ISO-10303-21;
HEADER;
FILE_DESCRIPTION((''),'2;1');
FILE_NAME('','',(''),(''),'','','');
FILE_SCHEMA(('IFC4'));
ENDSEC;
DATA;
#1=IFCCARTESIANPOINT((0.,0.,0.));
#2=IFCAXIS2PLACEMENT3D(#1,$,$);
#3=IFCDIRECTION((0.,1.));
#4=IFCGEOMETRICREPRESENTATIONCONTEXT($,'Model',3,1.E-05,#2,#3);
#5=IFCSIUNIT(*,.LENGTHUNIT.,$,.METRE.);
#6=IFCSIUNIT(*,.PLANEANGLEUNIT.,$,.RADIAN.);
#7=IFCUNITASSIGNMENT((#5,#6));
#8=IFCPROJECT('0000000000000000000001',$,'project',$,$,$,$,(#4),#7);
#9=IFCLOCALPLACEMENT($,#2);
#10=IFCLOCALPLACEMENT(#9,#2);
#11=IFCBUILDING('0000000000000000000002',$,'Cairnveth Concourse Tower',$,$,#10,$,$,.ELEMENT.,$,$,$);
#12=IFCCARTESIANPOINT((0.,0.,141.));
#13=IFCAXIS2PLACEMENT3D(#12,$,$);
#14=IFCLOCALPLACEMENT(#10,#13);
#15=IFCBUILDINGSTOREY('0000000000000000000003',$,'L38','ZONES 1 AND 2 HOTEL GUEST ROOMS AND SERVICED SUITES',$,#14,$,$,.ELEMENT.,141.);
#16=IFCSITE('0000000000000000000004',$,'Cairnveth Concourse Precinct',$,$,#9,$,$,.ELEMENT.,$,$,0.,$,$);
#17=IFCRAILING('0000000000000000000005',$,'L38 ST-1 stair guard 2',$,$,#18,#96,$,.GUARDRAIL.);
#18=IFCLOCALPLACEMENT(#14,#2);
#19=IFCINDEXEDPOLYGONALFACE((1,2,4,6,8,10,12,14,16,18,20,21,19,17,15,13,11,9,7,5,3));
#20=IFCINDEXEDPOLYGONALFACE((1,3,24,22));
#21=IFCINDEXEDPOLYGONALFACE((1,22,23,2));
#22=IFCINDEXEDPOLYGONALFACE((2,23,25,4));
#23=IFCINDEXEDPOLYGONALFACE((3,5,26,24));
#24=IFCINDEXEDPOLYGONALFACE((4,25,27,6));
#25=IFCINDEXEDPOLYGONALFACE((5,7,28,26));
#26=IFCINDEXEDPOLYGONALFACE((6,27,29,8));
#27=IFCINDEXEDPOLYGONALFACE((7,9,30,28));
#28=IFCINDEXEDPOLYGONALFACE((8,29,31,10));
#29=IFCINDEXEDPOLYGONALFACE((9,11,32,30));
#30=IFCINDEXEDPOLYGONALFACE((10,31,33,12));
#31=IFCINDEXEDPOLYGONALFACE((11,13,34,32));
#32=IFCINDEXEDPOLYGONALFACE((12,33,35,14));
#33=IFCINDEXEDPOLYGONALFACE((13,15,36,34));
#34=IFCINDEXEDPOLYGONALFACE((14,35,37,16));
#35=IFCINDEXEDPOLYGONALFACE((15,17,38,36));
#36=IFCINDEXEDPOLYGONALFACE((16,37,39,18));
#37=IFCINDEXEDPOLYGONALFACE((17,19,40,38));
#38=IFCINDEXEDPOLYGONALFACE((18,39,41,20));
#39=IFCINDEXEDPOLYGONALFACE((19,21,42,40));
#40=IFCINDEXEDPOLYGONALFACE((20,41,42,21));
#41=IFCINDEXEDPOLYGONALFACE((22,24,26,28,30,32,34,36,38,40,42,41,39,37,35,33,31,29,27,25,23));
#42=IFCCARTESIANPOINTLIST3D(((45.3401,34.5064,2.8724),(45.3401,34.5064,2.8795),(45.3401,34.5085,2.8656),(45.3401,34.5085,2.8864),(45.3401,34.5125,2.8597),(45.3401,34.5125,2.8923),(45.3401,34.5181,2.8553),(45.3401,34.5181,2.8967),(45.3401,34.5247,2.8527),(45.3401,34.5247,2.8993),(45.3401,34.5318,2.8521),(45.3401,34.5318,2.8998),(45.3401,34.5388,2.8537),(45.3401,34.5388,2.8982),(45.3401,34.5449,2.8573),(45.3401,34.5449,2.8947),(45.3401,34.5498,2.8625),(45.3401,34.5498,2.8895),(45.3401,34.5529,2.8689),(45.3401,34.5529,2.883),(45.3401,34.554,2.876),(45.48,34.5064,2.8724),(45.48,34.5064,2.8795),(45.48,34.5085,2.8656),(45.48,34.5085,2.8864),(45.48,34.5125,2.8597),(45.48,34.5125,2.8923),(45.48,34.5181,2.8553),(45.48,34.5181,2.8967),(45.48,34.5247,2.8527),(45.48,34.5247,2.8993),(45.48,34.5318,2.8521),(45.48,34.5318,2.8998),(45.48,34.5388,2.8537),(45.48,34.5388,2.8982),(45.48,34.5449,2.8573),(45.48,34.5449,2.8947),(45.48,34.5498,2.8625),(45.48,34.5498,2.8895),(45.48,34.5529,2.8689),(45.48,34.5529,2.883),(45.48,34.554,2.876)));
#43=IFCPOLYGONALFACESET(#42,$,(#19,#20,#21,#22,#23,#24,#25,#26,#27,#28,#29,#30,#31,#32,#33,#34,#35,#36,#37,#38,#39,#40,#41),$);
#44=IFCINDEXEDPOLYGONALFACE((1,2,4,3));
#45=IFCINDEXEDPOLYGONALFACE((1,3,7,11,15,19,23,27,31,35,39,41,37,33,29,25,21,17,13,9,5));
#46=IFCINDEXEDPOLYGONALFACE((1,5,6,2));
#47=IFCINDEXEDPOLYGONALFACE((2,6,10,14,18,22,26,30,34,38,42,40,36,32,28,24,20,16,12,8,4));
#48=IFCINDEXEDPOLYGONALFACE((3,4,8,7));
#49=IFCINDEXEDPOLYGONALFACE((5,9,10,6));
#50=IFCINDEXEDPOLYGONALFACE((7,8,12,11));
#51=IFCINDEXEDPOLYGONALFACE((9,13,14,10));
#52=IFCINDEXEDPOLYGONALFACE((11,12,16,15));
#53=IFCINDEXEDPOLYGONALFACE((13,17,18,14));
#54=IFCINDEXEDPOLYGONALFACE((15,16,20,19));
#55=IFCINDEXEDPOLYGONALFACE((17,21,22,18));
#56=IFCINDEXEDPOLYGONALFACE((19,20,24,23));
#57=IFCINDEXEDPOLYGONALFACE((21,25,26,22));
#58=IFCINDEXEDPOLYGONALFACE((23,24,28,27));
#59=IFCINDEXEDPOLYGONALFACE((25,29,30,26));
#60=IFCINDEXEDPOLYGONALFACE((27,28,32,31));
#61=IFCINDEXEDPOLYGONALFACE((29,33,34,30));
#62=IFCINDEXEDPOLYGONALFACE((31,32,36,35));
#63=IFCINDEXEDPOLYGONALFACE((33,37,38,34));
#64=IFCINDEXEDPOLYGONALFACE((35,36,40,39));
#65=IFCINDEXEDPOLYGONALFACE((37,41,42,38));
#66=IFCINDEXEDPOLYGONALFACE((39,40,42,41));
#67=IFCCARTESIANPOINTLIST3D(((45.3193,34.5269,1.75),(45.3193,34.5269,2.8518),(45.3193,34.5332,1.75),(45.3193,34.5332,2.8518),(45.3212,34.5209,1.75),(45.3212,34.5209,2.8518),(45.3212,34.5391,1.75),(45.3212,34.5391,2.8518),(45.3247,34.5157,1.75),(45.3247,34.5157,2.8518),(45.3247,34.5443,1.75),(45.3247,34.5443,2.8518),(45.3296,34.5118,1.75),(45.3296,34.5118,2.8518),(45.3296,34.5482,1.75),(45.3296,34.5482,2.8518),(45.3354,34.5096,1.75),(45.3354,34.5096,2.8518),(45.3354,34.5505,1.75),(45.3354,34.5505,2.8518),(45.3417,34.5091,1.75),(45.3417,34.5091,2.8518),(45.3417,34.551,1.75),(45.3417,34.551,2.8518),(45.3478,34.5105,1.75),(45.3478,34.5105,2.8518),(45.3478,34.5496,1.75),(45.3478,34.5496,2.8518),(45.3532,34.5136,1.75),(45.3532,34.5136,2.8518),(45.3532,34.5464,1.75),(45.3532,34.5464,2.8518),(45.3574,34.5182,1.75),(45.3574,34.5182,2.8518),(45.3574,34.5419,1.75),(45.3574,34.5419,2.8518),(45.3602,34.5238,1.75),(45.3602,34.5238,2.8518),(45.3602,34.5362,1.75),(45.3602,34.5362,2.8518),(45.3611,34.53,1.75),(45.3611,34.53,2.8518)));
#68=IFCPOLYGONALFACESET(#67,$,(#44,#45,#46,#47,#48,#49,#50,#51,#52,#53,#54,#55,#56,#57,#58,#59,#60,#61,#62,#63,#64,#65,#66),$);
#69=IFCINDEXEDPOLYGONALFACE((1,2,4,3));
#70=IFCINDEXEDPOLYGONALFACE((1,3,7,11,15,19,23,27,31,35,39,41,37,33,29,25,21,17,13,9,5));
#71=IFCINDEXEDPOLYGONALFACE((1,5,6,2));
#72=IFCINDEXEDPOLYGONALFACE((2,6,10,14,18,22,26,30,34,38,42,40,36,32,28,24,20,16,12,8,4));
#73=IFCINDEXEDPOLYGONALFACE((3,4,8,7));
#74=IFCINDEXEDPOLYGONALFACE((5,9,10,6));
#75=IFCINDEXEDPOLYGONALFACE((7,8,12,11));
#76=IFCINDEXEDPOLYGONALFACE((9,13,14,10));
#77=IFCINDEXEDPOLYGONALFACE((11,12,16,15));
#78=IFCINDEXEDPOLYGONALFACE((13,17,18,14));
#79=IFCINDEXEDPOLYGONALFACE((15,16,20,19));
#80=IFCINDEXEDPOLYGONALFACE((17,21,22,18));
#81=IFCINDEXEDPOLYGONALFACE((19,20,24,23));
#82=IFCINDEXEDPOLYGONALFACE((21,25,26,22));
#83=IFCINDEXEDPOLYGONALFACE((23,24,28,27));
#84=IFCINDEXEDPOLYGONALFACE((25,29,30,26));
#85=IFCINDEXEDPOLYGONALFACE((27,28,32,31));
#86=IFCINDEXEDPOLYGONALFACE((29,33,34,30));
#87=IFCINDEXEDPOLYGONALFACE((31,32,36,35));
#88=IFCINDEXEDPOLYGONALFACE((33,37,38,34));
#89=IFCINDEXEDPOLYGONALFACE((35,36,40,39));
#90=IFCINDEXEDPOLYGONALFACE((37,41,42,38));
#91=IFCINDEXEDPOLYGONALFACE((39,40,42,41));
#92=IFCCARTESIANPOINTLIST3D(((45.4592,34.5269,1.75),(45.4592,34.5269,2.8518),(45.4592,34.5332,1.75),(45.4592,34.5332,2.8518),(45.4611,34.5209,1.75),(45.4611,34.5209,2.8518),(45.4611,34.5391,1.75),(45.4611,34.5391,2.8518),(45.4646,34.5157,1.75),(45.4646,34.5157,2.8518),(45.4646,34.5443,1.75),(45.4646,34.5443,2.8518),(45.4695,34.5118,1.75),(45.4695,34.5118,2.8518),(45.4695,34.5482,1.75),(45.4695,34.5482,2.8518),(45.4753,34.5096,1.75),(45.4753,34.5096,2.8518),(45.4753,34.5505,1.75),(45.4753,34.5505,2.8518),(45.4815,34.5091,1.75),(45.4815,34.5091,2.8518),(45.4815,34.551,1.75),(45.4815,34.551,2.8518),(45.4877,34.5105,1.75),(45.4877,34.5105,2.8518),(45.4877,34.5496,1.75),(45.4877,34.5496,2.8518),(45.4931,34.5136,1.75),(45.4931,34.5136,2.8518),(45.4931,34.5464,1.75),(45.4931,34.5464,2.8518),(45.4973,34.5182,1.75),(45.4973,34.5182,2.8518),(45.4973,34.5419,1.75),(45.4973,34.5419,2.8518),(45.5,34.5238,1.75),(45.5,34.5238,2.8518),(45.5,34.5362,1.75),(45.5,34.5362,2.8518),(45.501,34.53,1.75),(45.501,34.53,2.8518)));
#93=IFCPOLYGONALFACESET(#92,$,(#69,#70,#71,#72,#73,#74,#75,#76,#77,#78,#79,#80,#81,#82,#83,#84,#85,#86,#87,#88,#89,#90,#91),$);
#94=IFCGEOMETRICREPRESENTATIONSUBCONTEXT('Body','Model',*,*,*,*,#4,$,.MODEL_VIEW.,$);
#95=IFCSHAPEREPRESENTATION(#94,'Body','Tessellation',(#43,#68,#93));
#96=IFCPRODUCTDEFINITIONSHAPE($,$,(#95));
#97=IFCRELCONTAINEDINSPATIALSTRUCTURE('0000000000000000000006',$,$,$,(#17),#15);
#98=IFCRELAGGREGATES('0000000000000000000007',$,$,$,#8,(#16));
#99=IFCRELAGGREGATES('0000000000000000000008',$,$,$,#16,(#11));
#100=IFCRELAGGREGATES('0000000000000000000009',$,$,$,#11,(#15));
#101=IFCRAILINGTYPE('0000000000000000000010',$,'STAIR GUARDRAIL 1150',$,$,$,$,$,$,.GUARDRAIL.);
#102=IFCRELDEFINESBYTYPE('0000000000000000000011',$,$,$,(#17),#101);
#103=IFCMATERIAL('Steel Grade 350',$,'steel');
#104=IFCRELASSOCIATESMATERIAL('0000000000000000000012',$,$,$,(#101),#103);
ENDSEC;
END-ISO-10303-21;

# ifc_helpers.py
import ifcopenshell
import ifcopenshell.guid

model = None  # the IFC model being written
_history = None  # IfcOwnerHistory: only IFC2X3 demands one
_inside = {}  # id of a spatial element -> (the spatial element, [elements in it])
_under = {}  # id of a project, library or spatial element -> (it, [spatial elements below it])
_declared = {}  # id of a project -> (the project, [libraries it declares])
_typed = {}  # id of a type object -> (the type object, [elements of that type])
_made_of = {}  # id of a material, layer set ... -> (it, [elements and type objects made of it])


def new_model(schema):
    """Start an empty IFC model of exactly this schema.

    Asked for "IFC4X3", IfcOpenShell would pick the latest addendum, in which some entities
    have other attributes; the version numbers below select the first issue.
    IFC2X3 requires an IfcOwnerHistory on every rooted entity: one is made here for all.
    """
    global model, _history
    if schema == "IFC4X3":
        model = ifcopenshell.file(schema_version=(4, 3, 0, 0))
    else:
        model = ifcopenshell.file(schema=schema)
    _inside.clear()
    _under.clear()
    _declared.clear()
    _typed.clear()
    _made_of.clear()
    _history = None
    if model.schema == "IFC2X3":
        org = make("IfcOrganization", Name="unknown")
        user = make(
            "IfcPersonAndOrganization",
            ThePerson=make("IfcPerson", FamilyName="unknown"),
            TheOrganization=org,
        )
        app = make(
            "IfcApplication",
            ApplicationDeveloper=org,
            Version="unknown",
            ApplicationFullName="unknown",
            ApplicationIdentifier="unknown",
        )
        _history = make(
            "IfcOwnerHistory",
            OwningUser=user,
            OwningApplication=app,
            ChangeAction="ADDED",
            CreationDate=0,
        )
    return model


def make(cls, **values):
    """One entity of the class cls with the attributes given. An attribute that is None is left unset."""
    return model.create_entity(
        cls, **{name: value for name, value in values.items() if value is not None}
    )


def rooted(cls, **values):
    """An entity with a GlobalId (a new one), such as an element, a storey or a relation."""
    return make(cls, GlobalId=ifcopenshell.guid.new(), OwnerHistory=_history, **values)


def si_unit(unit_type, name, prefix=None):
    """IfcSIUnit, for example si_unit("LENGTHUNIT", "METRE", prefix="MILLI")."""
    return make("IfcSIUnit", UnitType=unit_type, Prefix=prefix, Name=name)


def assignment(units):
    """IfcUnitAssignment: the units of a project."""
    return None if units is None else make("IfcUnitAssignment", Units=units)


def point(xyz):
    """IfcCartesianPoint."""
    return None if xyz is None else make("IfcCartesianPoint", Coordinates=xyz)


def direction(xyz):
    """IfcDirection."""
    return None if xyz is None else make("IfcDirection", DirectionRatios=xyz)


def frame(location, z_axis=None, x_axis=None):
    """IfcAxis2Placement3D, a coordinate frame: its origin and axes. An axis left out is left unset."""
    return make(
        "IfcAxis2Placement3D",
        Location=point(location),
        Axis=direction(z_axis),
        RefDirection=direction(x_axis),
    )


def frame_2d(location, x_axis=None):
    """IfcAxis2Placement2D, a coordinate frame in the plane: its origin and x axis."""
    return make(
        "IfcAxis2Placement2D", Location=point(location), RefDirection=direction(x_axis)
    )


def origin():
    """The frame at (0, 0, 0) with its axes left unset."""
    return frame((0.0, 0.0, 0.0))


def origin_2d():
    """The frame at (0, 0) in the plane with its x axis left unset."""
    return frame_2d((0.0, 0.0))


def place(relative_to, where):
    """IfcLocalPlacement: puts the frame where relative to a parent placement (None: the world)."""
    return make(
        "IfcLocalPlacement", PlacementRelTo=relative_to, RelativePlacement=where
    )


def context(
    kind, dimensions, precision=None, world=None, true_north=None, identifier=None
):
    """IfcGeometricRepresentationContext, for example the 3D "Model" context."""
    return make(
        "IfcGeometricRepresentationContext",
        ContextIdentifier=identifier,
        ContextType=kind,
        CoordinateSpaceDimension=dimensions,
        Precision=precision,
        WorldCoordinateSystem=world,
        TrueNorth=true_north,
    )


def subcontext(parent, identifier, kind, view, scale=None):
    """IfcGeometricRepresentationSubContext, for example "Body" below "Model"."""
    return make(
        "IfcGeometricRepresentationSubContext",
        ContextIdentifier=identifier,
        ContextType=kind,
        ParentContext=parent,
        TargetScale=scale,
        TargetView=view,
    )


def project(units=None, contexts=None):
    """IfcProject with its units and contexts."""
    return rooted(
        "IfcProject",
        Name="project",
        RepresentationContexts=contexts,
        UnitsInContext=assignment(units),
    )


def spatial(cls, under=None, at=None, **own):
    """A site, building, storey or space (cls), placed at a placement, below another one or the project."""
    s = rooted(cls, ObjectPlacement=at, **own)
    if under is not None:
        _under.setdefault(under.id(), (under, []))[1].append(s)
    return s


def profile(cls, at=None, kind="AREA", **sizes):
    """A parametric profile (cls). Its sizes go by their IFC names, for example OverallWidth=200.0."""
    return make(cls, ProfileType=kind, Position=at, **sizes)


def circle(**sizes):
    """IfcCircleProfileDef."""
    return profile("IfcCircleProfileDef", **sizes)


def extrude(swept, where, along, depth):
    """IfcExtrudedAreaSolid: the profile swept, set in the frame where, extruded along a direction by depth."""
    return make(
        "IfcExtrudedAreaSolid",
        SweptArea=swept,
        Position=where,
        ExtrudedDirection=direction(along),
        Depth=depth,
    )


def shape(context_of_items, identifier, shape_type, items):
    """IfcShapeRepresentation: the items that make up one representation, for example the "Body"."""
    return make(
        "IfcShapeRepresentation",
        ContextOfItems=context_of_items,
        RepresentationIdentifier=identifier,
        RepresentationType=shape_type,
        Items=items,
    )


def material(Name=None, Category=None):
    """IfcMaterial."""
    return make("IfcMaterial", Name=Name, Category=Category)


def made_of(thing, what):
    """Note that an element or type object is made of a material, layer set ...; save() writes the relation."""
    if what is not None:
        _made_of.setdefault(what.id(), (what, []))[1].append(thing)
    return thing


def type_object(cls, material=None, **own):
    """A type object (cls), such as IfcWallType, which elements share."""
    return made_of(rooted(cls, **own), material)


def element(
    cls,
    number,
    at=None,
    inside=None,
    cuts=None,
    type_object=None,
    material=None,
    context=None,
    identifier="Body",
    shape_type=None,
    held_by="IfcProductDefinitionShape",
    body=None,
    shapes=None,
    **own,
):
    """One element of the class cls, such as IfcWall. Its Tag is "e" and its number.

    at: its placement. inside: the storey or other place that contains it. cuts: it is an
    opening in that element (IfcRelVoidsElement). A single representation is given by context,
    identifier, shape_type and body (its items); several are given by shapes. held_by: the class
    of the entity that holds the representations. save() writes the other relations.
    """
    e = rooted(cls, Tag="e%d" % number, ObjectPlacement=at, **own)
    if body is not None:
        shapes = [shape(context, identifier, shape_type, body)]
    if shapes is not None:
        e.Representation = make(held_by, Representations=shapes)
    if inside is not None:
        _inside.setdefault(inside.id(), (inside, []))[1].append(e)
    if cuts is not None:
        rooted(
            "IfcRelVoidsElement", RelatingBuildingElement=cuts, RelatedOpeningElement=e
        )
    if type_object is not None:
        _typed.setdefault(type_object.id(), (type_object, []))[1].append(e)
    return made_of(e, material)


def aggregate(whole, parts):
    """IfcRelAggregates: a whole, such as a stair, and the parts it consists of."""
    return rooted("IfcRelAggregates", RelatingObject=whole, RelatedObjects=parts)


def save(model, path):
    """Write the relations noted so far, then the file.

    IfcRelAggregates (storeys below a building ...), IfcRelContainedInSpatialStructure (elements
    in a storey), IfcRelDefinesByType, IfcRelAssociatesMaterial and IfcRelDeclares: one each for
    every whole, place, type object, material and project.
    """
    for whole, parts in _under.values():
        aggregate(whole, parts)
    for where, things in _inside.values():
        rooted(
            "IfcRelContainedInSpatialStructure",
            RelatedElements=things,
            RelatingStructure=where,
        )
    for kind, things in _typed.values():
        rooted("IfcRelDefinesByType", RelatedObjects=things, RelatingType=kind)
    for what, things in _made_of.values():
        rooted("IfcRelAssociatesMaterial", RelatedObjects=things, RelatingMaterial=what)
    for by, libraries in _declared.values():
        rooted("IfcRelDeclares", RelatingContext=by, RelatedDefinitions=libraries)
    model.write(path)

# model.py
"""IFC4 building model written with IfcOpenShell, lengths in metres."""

from ifc_helpers import new_model, si_unit, direction, frame, origin, origin_2d, place, context, subcontext, project, spatial, circle, extrude, material, type_object, element, save


model = new_model("IFC4")

# Units and contexts
model_context = context("Model", 3, precision=1e-05, world=origin(), true_north=direction((0.0, 1.0)))
body_context = subcontext(model_context, "Body", "Model", "MODEL_VIEW")
ifc_project = project(units=[si_unit("LENGTHUNIT", "METRE"), si_unit("PLANEANGLEUNIT", "RADIAN")], contexts=[model_context])

# Site, building, storey
site_placement = place(None, origin())
site = spatial("IfcSite", under=ifc_project, at=site_placement, Name="Cairnveth Concourse Precinct", CompositionType="ELEMENT", RefElevation=0.0)
building_placement = place(site_placement, origin())
building = spatial("IfcBuilding", under=site, at=building_placement, Name="Cairnveth Concourse Tower", CompositionType="ELEMENT")
storey_placement = place(building_placement, frame((0.0, 0.0, 141.0)))
storey = spatial("IfcBuildingStorey", under=building, at=storey_placement, Name="L38", Description="ZONES 1 AND 2 HOTEL GUEST ROOMS AND SERVICED SUITES", CompositionType="ELEMENT", Elevation=141.0)

# Shared definitions
ifc_material_1 = material(Name="Steel Grade 350", Category="steel")

# Railing
railing_type_1 = type_object("IfcRailingType", Name="STAIR GUARDRAIL 1150", PredefinedType="GUARDRAIL", material=ifc_material_1)
railing_1_placement = place(storey_placement, frame((45.3401, 34.53, 1.75)))
element("IfcRailing", 1, at=railing_1_placement, inside=storey, type_object=railing_type_1, Name="L38 ST-1 stair guard 2", PredefinedType="GUARDRAIL", context=body_context, shape_type="SweptSolid", body=[
    extrude(circle(Radius=0.0239, at=origin_2d()), frame((0.0, 0.0, 1.126), z_axis=(1.0, 0.0, 0.0), x_axis=(0.0, 1.0, 0.0)), (0.0, 0.0, 1.0), 0.1399),
    extrude(circle(Radius=0.021, at=origin_2d()), origin(), (0.0, 0.0, 1.0), 1.1018),
    extrude(circle(Radius=0.021, at=origin_2d()), frame((0.1399, 0.0, 0.0)), (0.0, 0.0, 1.0), 1.1018),
])

save(model, "model.ifc")
